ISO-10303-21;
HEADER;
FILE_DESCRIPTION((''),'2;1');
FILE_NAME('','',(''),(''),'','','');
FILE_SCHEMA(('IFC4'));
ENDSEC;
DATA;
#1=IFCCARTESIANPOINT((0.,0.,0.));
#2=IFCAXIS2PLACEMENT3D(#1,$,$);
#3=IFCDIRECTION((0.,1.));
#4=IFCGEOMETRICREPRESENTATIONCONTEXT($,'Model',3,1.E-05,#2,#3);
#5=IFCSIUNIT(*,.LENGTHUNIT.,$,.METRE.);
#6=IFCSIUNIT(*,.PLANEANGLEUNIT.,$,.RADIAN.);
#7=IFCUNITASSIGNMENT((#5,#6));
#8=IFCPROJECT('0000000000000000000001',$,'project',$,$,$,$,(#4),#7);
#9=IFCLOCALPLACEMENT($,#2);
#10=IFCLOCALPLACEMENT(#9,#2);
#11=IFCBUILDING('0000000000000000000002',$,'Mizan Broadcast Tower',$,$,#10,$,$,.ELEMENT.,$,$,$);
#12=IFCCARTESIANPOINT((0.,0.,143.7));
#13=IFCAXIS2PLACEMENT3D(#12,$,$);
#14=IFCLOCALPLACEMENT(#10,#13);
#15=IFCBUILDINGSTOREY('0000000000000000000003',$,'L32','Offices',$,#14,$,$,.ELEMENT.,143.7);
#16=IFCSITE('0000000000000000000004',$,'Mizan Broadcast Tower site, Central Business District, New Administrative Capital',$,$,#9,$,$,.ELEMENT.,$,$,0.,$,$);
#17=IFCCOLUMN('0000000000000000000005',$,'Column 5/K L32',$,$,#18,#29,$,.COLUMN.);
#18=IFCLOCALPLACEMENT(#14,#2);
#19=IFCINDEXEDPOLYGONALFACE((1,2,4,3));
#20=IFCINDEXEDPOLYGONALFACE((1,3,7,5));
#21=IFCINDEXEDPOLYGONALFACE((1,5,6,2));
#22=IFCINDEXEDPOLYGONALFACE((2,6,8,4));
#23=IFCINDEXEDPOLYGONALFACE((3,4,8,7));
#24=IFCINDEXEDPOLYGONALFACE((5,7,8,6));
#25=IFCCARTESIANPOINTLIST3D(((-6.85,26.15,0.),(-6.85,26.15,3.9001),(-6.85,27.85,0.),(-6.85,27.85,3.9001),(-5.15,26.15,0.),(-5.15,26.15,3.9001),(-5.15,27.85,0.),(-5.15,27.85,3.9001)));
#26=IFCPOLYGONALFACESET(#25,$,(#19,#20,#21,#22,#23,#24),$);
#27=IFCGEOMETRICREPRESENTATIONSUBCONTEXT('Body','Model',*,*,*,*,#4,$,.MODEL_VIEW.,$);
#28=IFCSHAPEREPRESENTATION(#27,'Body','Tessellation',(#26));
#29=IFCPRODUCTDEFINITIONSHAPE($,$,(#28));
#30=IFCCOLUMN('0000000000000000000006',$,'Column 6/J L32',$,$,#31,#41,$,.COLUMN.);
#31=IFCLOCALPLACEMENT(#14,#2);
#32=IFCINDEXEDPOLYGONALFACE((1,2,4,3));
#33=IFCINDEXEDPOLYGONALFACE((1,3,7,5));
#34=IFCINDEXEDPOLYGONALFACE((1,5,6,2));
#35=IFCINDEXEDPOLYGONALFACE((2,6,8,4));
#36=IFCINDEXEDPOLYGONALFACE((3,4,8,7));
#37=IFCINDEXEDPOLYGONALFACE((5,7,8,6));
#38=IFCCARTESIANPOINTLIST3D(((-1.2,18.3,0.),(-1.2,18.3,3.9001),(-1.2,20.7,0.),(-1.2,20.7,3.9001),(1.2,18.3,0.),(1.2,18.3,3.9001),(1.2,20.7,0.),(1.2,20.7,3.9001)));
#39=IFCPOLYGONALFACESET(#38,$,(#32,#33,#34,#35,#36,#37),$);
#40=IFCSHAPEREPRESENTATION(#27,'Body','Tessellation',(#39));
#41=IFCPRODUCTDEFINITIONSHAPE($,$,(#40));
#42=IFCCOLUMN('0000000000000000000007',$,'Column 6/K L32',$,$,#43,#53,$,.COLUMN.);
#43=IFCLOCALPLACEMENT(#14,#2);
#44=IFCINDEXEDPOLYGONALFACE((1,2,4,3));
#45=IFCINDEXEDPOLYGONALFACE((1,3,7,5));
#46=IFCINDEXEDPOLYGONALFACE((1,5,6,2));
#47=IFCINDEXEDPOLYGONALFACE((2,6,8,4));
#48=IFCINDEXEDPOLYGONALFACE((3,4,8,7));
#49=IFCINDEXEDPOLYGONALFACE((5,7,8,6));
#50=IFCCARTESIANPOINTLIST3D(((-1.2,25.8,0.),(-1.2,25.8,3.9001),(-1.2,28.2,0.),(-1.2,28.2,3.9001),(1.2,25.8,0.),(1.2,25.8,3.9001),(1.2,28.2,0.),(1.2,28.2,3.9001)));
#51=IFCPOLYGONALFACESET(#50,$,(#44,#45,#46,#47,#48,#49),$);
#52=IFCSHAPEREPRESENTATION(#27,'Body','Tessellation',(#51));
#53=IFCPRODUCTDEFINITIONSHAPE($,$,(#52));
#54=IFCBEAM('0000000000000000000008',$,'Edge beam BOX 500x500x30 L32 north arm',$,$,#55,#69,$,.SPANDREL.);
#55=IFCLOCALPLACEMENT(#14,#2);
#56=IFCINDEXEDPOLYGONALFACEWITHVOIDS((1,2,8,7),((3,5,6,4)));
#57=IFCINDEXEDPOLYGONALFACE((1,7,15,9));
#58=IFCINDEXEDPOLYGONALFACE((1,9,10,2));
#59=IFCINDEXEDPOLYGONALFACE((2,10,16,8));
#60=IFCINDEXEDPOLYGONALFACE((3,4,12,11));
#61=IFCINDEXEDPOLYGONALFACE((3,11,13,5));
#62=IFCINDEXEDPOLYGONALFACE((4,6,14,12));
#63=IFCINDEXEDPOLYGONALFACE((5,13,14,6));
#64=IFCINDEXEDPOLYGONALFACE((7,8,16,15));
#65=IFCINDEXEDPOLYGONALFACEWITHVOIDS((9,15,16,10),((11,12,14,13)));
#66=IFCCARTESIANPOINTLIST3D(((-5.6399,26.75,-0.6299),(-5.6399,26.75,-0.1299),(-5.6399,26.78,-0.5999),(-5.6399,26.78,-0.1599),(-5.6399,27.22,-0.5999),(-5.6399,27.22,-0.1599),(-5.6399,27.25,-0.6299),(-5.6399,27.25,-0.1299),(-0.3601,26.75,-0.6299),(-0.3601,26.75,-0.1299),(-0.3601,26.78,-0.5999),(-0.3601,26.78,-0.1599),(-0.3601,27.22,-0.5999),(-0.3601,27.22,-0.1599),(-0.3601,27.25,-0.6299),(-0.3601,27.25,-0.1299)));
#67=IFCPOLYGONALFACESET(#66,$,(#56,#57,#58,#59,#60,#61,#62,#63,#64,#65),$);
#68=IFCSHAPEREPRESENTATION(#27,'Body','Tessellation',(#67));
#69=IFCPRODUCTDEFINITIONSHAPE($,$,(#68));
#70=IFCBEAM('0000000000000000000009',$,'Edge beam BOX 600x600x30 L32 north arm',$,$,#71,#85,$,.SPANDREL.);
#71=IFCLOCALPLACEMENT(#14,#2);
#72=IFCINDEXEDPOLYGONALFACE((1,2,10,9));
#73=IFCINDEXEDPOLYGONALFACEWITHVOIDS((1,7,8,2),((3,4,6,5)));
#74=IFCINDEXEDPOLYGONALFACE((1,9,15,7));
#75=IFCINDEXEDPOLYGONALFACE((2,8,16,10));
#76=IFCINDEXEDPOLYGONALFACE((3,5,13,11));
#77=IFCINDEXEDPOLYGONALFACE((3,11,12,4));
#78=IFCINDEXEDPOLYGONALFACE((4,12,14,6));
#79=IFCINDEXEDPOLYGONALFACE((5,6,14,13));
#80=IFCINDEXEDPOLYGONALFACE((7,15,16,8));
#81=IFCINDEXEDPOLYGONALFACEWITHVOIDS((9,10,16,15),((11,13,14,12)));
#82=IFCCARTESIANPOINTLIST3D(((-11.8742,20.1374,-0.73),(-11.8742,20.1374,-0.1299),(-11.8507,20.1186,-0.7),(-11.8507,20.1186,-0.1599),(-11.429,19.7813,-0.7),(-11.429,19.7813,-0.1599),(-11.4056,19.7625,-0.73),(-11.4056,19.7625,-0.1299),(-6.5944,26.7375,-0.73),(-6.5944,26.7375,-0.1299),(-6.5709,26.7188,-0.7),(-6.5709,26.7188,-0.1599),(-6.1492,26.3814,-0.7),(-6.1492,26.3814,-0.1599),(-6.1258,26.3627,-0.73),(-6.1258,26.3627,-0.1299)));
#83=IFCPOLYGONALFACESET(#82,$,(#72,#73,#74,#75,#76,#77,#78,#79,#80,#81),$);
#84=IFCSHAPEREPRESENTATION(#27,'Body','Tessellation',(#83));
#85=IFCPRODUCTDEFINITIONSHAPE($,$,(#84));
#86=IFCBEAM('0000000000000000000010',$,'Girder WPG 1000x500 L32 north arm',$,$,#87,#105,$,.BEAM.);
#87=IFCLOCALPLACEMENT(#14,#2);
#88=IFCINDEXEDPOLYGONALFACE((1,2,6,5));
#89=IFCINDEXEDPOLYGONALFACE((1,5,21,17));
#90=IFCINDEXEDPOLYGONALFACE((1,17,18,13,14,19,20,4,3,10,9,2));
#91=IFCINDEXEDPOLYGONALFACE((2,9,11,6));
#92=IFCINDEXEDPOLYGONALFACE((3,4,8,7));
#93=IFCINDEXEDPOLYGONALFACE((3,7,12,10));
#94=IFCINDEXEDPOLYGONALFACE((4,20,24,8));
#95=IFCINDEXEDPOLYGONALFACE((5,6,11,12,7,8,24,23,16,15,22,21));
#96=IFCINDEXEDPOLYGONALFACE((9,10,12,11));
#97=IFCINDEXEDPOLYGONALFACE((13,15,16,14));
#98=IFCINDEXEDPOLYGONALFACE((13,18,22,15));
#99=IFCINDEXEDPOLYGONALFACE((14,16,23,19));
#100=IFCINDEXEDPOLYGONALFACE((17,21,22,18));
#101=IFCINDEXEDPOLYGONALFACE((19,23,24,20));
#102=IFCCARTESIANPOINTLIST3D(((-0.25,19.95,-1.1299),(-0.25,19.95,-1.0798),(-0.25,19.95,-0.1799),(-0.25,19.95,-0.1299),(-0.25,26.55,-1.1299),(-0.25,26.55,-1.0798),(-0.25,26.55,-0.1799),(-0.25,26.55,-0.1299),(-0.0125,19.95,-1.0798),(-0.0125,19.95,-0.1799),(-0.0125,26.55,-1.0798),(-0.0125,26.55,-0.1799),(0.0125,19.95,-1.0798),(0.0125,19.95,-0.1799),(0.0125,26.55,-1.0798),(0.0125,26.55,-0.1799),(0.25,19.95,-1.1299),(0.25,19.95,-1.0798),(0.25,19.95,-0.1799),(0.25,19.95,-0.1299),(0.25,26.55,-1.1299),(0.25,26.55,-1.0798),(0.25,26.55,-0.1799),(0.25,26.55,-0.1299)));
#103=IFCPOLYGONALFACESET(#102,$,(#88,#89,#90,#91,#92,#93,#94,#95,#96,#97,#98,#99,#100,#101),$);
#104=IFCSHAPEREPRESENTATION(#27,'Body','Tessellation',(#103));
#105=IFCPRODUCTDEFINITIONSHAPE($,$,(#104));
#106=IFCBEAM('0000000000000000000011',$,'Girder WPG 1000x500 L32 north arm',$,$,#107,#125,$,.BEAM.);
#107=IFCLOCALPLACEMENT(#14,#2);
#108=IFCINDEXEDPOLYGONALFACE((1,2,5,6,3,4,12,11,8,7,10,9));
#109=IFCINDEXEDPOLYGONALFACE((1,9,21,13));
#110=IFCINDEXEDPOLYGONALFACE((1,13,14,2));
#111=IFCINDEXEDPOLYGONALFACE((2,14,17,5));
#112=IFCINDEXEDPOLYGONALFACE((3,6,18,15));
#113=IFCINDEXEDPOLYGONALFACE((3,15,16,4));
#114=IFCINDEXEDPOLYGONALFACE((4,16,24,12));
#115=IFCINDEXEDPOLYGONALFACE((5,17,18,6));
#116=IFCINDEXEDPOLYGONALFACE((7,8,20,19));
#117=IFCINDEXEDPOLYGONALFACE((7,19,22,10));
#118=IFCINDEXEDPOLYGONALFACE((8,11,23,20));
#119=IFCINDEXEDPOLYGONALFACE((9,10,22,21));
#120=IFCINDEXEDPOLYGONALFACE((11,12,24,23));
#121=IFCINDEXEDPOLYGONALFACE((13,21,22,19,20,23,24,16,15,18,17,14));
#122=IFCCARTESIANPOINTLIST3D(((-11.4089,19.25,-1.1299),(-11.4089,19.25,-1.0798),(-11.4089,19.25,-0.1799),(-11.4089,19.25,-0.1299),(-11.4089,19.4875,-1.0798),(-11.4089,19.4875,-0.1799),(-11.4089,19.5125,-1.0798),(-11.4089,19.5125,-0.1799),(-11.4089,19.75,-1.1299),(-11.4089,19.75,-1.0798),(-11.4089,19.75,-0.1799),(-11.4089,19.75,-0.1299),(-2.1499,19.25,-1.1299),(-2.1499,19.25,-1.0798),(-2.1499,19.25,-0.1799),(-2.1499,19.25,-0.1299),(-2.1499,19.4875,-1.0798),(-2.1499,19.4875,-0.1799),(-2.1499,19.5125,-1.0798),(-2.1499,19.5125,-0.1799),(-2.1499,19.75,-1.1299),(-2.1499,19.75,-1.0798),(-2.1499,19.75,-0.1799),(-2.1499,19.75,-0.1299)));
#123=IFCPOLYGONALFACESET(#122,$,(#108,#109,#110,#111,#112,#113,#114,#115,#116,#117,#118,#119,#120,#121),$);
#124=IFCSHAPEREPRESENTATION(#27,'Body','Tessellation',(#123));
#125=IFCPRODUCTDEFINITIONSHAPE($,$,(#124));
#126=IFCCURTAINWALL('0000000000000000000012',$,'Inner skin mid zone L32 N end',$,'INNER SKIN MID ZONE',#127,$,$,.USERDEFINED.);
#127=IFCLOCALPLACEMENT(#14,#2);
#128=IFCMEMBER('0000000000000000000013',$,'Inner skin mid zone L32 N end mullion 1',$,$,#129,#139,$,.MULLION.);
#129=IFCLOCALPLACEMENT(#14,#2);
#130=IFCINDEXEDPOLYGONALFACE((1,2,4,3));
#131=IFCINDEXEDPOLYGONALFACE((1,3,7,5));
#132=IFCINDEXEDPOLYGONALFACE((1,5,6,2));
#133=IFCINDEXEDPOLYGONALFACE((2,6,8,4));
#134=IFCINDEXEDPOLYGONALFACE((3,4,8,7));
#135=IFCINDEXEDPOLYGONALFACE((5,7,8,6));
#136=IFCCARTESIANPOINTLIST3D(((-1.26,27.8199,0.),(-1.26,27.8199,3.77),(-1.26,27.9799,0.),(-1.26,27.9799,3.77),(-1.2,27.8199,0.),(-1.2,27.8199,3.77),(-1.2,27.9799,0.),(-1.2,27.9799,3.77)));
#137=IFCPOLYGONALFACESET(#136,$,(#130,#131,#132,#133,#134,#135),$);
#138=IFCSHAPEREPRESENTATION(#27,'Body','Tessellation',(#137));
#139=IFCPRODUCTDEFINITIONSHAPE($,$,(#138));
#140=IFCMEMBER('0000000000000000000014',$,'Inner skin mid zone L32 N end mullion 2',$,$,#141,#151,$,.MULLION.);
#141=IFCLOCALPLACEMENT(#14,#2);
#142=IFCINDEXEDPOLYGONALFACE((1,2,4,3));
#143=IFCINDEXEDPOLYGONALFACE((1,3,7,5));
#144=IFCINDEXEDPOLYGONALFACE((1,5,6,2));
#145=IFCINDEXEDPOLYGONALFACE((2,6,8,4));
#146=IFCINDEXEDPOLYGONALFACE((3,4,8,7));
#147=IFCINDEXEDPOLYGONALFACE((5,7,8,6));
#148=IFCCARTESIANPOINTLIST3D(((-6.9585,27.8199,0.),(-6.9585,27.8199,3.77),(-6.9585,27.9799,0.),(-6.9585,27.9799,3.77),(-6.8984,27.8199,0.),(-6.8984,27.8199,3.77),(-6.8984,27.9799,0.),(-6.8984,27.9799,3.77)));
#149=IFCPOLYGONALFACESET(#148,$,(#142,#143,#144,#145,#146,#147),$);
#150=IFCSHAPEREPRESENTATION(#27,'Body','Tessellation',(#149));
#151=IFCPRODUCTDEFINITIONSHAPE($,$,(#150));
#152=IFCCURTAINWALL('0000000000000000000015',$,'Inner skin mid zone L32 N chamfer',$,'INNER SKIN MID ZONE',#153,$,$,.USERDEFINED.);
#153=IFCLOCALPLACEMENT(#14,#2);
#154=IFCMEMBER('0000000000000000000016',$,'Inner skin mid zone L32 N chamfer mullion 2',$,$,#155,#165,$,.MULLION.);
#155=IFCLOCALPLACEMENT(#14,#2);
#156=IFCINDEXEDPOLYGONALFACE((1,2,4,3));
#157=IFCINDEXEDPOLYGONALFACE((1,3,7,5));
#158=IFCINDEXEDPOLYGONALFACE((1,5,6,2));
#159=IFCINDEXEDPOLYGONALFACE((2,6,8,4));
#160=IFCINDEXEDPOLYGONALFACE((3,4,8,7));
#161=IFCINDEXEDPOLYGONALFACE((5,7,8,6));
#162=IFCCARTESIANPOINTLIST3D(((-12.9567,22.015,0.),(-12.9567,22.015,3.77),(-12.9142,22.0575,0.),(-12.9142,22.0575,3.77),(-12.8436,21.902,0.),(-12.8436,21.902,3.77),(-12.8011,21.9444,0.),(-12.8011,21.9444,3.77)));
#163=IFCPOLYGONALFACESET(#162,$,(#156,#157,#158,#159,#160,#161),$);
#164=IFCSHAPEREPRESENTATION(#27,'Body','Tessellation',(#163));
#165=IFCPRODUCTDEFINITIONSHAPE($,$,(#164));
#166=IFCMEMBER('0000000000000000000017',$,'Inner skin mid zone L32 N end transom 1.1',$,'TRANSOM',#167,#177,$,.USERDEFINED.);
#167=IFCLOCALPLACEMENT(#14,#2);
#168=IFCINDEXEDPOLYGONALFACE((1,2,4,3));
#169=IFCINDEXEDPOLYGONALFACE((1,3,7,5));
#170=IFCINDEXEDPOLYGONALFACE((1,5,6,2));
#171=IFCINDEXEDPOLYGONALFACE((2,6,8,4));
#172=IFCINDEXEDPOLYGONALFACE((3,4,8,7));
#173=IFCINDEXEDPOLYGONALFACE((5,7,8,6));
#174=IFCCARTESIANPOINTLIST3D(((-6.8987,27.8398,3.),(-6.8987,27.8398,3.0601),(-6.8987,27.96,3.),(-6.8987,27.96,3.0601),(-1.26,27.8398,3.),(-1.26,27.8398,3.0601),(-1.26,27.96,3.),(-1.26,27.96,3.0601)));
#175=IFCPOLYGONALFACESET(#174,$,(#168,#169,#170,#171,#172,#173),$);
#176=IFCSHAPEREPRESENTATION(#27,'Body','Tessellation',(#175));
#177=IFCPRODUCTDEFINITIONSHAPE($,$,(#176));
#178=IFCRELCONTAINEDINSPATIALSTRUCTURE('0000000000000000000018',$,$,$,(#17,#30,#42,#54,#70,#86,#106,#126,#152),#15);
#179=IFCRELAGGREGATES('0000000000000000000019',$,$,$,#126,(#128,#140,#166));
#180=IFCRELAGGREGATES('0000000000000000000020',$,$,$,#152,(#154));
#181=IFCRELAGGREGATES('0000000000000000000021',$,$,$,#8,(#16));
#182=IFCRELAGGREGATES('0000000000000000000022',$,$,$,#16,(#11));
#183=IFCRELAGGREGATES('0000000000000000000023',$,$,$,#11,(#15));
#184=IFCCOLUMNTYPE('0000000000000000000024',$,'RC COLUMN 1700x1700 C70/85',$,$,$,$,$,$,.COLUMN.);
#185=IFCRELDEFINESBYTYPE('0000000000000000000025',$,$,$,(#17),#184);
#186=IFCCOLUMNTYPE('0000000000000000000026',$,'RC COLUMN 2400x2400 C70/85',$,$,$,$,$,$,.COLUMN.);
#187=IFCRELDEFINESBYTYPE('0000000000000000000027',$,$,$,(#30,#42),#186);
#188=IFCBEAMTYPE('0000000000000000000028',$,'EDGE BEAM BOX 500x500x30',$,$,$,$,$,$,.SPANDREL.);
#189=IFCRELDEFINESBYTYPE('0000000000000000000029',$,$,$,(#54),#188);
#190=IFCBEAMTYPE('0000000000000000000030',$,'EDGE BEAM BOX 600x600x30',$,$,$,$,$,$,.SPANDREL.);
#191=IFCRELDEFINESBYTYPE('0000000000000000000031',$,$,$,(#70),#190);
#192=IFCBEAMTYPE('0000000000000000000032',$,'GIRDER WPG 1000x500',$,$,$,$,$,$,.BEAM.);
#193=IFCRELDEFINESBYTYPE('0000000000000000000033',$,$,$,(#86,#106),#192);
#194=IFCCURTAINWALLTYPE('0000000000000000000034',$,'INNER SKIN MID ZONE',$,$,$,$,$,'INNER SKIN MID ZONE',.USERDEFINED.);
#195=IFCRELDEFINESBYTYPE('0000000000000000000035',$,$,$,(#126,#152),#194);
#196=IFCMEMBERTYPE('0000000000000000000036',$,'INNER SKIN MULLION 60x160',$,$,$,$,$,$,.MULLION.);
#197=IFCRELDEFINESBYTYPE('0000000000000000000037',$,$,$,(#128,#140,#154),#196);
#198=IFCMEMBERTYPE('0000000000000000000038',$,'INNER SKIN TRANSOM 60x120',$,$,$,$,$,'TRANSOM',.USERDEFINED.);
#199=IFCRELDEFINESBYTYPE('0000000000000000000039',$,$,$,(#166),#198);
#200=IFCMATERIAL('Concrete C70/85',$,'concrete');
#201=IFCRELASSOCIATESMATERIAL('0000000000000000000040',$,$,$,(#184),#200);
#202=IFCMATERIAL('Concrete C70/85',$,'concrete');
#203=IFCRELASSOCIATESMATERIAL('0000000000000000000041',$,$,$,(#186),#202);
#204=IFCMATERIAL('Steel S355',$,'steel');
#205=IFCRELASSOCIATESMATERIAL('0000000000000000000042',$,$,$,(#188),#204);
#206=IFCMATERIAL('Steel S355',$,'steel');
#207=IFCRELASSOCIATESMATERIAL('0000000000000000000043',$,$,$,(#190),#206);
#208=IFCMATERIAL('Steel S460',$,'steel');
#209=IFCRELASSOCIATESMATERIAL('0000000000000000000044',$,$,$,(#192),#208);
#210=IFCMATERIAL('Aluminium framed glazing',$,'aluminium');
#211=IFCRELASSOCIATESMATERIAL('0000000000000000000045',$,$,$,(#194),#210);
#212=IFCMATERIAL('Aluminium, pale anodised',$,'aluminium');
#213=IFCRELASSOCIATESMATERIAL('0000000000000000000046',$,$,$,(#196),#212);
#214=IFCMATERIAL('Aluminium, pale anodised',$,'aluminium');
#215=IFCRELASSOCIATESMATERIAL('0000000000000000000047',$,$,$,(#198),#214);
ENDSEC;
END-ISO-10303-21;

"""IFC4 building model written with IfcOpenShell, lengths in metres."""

from ifc_helpers import new_model, si_unit, direction, frame, origin, origin_2d, place, context, subcontext, project, spatial, rectangle, hollow_rectangle, i_section, extrude, material, material_profile, profile_set, type_object, element, aggregate, save


model = new_model("IFC4")

# Units and contexts
model_context = context("Model", 3, precision=1e-05, world=origin(), true_north=direction((0.0, 1.0)))
body_context = subcontext(model_context, "Body", "Model", "MODEL_VIEW")
ifc_project = project(units=[si_unit("LENGTHUNIT", "METRE"), si_unit("PLANEANGLEUNIT", "RADIAN")], contexts=[model_context])

# Site, building, storey
site_placement = place(None, origin())
site = spatial("IfcSite", under=ifc_project, at=site_placement, Name="Mizan Broadcast Tower site, Central Business District, New Administrative Capital", CompositionType="ELEMENT", RefElevation=0.0)
building_placement = place(site_placement, origin())
building = spatial("IfcBuilding", under=site, at=building_placement, Name="Mizan Broadcast Tower", CompositionType="ELEMENT")
storey_placement = place(building_placement, frame((0.0, 0.0, 143.7)))
storey = spatial("IfcBuildingStorey", under=building, at=storey_placement, Name="L32", Description="Offices", CompositionType="ELEMENT", Elevation=143.7)

# Columns
ifc_material_1 = material(Name="Concrete C70/85", Category="concrete")
ifc_material_profile_1 = material_profile(ifc_material_1, rectangle(XDim=1.7, YDim=1.7, at=origin_2d()), Name="RC 1700x1700")
ifc_profile_set_1 = profile_set([ifc_material_profile_1], Name="Concrete C70/85")
column_type_1 = type_object("IfcColumnType", Name="RC COLUMN 1700x1700 C70/85", PredefinedType="COLUMN", material=ifc_profile_set_1)
column_placement = place(storey_placement, frame((-6.0, 27.0, 0.0), z_axis=(0.0, 0.0, 1.0), x_axis=(1.0, 0.0, 0.0)))
element("IfcColumn", 1, at=column_placement, inside=storey, type_object=column_type_1, Name="Column 5/K L32", PredefinedType="COLUMN", context=body_context, shape_type="SweptSolid", body=[
    extrude(rectangle(XDim=1.7, YDim=1.7, at=origin_2d()), origin(), (0.0, 0.0, 1.0), 3.9001),
])
ifc_material_2 = material(Name="Concrete C70/85", Category="concrete")
ifc_material_profile_2 = material_profile(ifc_material_2, rectangle(XDim=2.3999, YDim=2.3999, at=origin_2d()), Name="RC 2400x2400")
ifc_profile_set_2 = profile_set([ifc_material_profile_2], Name="Concrete C70/85")
column_type_2 = type_object("IfcColumnType", Name="RC COLUMN 2400x2400 C70/85", PredefinedType="COLUMN", material=ifc_profile_set_2)
for number, where, z_axis, x_axis, name in (
    (2, (0.0, 19.5, 0.0), (0.0, 0.0, 1.0), (1.0, 0.0, 0.0), "Column 6/J L32"),
    (3, (0.0, 27.0, 0.0), (0.0, 0.0, 1.0), (1.0, 0.0, 0.0), "Column 6/K L32"),
):
    element("IfcColumn", number, at=place(storey_placement, frame(where, z_axis=z_axis, x_axis=x_axis)), inside=storey, type_object=column_type_2, Name=name, PredefinedType="COLUMN", context=body_context, shape_type="SweptSolid", body=[
        extrude(rectangle(XDim=2.3999, YDim=2.3999, at=origin_2d()), origin(), (0.0, 0.0, 1.0), 3.9001),
    ])

# Beams
ifc_material_3 = material(Name="Steel S355", Category="steel")
ifc_material_profile_3 = material_profile(ifc_material_3, hollow_rectangle(XDim=0.5, YDim=0.5, WallThickness=0.03, at=origin_2d()), Name="BOX 500x500x30")
ifc_profile_set_3 = profile_set([ifc_material_profile_3], Name="Steel S355")
beam_type_1 = type_object("IfcBeamType", Name="EDGE BEAM BOX 500x500x30", PredefinedType="SPANDREL", material=ifc_profile_set_3)
beam_1_placement = place(storey_placement, frame((-5.6399, 27.0, -0.3799), z_axis=(1.0, 0.0, 0.0), x_axis=(0.0, 1.0, 0.0)))
element("IfcBeam", 4, at=beam_1_placement, inside=storey, type_object=beam_type_1, Name="Edge beam BOX 500x500x30 L32 north arm", PredefinedType="SPANDREL", context=body_context, shape_type="SweptSolid", body=[
    extrude(hollow_rectangle(XDim=0.5, YDim=0.5, WallThickness=0.03, at=origin_2d()), origin(), (0.0, 0.0, 1.0), 5.2798),
])
ifc_material_4 = material(Name="Steel S355", Category="steel")
ifc_material_profile_4 = material_profile(ifc_material_4, hollow_rectangle(XDim=0.6001, YDim=0.6001, WallThickness=0.03, at=origin_2d()), Name="BOX 600x600x30")
ifc_profile_set_4 = profile_set([ifc_material_profile_4], Name="Steel S355")
beam_type_2 = type_object("IfcBeamType", Name="EDGE BEAM BOX 600x600x30", PredefinedType="SPANDREL", material=ifc_profile_set_4)
beam_2_placement = place(storey_placement, frame((-11.6399, 19.95, -0.4299), z_axis=(0.624674, 0.780886, 0.0), x_axis=(-0.780886, 0.624674, 0.0)))
element("IfcBeam", 5, at=beam_2_placement, inside=storey, type_object=beam_type_2, Name="Edge beam BOX 600x600x30 L32 north arm", PredefinedType="SPANDREL", context=body_context, shape_type="SweptSolid", body=[
    extrude(hollow_rectangle(XDim=0.6001, YDim=0.6001, WallThickness=0.03, at=origin_2d()), origin(), (0.0, 0.0, 1.0), 8.4521),
])
ifc_material_5 = material(Name="Steel S460", Category="steel")
ifc_material_profile_5 = material_profile(ifc_material_5, i_section(OverallWidth=0.5, OverallDepth=1.0, WebThickness=0.0249, FlangeThickness=0.05, at=origin_2d()), Name="WPG 1000x500")
ifc_profile_set_5 = profile_set([ifc_material_profile_5], Name="Steel S460")
beam_type_3 = type_object("IfcBeamType", Name="GIRDER WPG 1000x500", PredefinedType="BEAM", material=ifc_profile_set_5)
beam_3_placement = place(storey_placement, frame((0.0, 19.95, -0.6299), z_axis=(0.0, 1.0, 0.0), x_axis=(-1.0, 0.0, 0.0)))
element("IfcBeam", 6, at=beam_3_placement, inside=storey, type_object=beam_type_3, Name="Girder WPG 1000x500 L32 north arm", PredefinedType="BEAM", context=body_context, shape_type="SweptSolid", body=[
    extrude(i_section(OverallWidth=0.5, OverallDepth=1.0, WebThickness=0.0249, FlangeThickness=0.05, at=origin_2d()), origin(), (0.0, 0.0, 1.0), 6.6001),
])
beam_4_placement = place(storey_placement, frame((-11.4089, 19.5, -0.6299), z_axis=(1.0, 0.0, 0.0), x_axis=(0.0, 1.0, 0.0)))
element("IfcBeam", 7, at=beam_4_placement, inside=storey, type_object=beam_type_3, Name="Girder WPG 1000x500 L32 north arm", PredefinedType="BEAM", context=body_context, shape_type="SweptSolid", body=[
    extrude(i_section(OverallWidth=0.5, OverallDepth=1.0, WebThickness=0.0249, FlangeThickness=0.05, at=origin_2d()), origin(), (0.0, 0.0, 1.0), 9.259),
])

# Curtain wall, members
ifc_material_6 = material(Name="Aluminium framed glazing", Category="aluminium")
curtain_wall_type_1 = type_object("IfcCurtainWallType", Name="INNER SKIN MID ZONE", ElementType="INNER SKIN MID ZONE", PredefinedType="USERDEFINED", material=ifc_material_6)
curtain_wall_1_placement = place(storey_placement, origin())
curtain_wall_1 = element("IfcCurtainWall", 8, at=curtain_wall_1_placement, inside=storey, type_object=curtain_wall_type_1, Name="Inner skin mid zone L32 N end", ObjectType="INNER SKIN MID ZONE", PredefinedType="USERDEFINED")
ifc_material_7 = material(Name="Aluminium, pale anodised", Category="aluminium")
ifc_material_profile_6 = material_profile(ifc_material_7, rectangle(XDim=0.1599, YDim=0.0601, at=origin_2d()), Name="MULLION 160x60")
ifc_profile_set_6 = profile_set([ifc_material_profile_6], Name="Aluminium, pale anodised")
member_type_1 = type_object("IfcMemberType", Name="INNER SKIN MULLION 60x160", PredefinedType="MULLION", material=ifc_profile_set_6)
member_1_placement = place(storey_placement, frame((-1.23, 27.8999, 0.0), z_axis=(0.0, 0.0, 1.0), x_axis=(0.0, -1.0, 0.0)))
member_1 = element("IfcMember", 9, at=member_1_placement, type_object=member_type_1, Name="Inner skin mid zone L32 N end mullion 1", PredefinedType="MULLION", context=body_context, shape_type="SweptSolid", body=[
    extrude(rectangle(XDim=0.1599, YDim=0.0601, at=origin_2d()), origin(), (0.0, 0.0, 1.0), 3.77),
])
member_2_placement = place(storey_placement, frame((-6.9285, 27.8999, 0.0), z_axis=(0.0, 0.0, 1.0), x_axis=(0.0, -1.0, 0.0)))
member_2 = element("IfcMember", 10, at=member_2_placement, type_object=member_type_1, Name="Inner skin mid zone L32 N end mullion 2", PredefinedType="MULLION", context=body_context, shape_type="SweptSolid", body=[
    extrude(rectangle(XDim=0.1599, YDim=0.0601, at=origin_2d()), origin(), (0.0, 0.0, 1.0), 3.77),
])

# Curtain wall, member
curtain_wall_2_placement = place(storey_placement, origin())
curtain_wall_2 = element("IfcCurtainWall", 11, at=curtain_wall_2_placement, inside=storey, type_object=curtain_wall_type_1, Name="Inner skin mid zone L32 N chamfer", ObjectType="INNER SKIN MID ZONE", PredefinedType="USERDEFINED")
member_3_placement = place(storey_placement, frame((-12.8789, 21.9797, 0.0), z_axis=(0.0, 0.0, 1.0), x_axis=(0.707107, -0.707107, 0.0)))
member_3 = element("IfcMember", 12, at=member_3_placement, type_object=member_type_1, Name="Inner skin mid zone L32 N chamfer mullion 2", PredefinedType="MULLION", context=body_context, shape_type="SweptSolid", body=[
    extrude(rectangle(XDim=0.1599, YDim=0.0601, at=origin_2d()), origin(), (0.0, 0.0, 1.0), 3.77),
])

# Member
ifc_material_8 = material(Name="Aluminium, pale anodised", Category="aluminium")
ifc_material_profile_7 = material_profile(ifc_material_8, rectangle(XDim=0.1201, YDim=0.0601, at=origin_2d()), Name="TRANSOM 120x60")
ifc_profile_set_7 = profile_set([ifc_material_profile_7], Name="Aluminium, pale anodised")
member_type_2 = type_object("IfcMemberType", Name="INNER SKIN TRANSOM 60x120", ElementType="TRANSOM", PredefinedType="USERDEFINED", material=ifc_profile_set_7)
member_4_placement = place(storey_placement, frame((-1.26, 27.8999, 3.03), z_axis=(-1.0, 0.0, 0.0), x_axis=(0.0, -1.0, 0.0)))
member_4 = element("IfcMember", 13, at=member_4_placement, type_object=member_type_2, Name="Inner skin mid zone L32 N end transom 1.1", ObjectType="TRANSOM", PredefinedType="USERDEFINED", context=body_context, shape_type="SweptSolid", body=[
    extrude(rectangle(XDim=0.1201, YDim=0.0601, at=origin_2d()), origin(), (0.0, 0.0, 1.0), 5.6387),
])

aggregate(curtain_wall_1, [member_1, member_2, member_4])
aggregate(curtain_wall_2, [member_3])

save(model, "model.ifc")
